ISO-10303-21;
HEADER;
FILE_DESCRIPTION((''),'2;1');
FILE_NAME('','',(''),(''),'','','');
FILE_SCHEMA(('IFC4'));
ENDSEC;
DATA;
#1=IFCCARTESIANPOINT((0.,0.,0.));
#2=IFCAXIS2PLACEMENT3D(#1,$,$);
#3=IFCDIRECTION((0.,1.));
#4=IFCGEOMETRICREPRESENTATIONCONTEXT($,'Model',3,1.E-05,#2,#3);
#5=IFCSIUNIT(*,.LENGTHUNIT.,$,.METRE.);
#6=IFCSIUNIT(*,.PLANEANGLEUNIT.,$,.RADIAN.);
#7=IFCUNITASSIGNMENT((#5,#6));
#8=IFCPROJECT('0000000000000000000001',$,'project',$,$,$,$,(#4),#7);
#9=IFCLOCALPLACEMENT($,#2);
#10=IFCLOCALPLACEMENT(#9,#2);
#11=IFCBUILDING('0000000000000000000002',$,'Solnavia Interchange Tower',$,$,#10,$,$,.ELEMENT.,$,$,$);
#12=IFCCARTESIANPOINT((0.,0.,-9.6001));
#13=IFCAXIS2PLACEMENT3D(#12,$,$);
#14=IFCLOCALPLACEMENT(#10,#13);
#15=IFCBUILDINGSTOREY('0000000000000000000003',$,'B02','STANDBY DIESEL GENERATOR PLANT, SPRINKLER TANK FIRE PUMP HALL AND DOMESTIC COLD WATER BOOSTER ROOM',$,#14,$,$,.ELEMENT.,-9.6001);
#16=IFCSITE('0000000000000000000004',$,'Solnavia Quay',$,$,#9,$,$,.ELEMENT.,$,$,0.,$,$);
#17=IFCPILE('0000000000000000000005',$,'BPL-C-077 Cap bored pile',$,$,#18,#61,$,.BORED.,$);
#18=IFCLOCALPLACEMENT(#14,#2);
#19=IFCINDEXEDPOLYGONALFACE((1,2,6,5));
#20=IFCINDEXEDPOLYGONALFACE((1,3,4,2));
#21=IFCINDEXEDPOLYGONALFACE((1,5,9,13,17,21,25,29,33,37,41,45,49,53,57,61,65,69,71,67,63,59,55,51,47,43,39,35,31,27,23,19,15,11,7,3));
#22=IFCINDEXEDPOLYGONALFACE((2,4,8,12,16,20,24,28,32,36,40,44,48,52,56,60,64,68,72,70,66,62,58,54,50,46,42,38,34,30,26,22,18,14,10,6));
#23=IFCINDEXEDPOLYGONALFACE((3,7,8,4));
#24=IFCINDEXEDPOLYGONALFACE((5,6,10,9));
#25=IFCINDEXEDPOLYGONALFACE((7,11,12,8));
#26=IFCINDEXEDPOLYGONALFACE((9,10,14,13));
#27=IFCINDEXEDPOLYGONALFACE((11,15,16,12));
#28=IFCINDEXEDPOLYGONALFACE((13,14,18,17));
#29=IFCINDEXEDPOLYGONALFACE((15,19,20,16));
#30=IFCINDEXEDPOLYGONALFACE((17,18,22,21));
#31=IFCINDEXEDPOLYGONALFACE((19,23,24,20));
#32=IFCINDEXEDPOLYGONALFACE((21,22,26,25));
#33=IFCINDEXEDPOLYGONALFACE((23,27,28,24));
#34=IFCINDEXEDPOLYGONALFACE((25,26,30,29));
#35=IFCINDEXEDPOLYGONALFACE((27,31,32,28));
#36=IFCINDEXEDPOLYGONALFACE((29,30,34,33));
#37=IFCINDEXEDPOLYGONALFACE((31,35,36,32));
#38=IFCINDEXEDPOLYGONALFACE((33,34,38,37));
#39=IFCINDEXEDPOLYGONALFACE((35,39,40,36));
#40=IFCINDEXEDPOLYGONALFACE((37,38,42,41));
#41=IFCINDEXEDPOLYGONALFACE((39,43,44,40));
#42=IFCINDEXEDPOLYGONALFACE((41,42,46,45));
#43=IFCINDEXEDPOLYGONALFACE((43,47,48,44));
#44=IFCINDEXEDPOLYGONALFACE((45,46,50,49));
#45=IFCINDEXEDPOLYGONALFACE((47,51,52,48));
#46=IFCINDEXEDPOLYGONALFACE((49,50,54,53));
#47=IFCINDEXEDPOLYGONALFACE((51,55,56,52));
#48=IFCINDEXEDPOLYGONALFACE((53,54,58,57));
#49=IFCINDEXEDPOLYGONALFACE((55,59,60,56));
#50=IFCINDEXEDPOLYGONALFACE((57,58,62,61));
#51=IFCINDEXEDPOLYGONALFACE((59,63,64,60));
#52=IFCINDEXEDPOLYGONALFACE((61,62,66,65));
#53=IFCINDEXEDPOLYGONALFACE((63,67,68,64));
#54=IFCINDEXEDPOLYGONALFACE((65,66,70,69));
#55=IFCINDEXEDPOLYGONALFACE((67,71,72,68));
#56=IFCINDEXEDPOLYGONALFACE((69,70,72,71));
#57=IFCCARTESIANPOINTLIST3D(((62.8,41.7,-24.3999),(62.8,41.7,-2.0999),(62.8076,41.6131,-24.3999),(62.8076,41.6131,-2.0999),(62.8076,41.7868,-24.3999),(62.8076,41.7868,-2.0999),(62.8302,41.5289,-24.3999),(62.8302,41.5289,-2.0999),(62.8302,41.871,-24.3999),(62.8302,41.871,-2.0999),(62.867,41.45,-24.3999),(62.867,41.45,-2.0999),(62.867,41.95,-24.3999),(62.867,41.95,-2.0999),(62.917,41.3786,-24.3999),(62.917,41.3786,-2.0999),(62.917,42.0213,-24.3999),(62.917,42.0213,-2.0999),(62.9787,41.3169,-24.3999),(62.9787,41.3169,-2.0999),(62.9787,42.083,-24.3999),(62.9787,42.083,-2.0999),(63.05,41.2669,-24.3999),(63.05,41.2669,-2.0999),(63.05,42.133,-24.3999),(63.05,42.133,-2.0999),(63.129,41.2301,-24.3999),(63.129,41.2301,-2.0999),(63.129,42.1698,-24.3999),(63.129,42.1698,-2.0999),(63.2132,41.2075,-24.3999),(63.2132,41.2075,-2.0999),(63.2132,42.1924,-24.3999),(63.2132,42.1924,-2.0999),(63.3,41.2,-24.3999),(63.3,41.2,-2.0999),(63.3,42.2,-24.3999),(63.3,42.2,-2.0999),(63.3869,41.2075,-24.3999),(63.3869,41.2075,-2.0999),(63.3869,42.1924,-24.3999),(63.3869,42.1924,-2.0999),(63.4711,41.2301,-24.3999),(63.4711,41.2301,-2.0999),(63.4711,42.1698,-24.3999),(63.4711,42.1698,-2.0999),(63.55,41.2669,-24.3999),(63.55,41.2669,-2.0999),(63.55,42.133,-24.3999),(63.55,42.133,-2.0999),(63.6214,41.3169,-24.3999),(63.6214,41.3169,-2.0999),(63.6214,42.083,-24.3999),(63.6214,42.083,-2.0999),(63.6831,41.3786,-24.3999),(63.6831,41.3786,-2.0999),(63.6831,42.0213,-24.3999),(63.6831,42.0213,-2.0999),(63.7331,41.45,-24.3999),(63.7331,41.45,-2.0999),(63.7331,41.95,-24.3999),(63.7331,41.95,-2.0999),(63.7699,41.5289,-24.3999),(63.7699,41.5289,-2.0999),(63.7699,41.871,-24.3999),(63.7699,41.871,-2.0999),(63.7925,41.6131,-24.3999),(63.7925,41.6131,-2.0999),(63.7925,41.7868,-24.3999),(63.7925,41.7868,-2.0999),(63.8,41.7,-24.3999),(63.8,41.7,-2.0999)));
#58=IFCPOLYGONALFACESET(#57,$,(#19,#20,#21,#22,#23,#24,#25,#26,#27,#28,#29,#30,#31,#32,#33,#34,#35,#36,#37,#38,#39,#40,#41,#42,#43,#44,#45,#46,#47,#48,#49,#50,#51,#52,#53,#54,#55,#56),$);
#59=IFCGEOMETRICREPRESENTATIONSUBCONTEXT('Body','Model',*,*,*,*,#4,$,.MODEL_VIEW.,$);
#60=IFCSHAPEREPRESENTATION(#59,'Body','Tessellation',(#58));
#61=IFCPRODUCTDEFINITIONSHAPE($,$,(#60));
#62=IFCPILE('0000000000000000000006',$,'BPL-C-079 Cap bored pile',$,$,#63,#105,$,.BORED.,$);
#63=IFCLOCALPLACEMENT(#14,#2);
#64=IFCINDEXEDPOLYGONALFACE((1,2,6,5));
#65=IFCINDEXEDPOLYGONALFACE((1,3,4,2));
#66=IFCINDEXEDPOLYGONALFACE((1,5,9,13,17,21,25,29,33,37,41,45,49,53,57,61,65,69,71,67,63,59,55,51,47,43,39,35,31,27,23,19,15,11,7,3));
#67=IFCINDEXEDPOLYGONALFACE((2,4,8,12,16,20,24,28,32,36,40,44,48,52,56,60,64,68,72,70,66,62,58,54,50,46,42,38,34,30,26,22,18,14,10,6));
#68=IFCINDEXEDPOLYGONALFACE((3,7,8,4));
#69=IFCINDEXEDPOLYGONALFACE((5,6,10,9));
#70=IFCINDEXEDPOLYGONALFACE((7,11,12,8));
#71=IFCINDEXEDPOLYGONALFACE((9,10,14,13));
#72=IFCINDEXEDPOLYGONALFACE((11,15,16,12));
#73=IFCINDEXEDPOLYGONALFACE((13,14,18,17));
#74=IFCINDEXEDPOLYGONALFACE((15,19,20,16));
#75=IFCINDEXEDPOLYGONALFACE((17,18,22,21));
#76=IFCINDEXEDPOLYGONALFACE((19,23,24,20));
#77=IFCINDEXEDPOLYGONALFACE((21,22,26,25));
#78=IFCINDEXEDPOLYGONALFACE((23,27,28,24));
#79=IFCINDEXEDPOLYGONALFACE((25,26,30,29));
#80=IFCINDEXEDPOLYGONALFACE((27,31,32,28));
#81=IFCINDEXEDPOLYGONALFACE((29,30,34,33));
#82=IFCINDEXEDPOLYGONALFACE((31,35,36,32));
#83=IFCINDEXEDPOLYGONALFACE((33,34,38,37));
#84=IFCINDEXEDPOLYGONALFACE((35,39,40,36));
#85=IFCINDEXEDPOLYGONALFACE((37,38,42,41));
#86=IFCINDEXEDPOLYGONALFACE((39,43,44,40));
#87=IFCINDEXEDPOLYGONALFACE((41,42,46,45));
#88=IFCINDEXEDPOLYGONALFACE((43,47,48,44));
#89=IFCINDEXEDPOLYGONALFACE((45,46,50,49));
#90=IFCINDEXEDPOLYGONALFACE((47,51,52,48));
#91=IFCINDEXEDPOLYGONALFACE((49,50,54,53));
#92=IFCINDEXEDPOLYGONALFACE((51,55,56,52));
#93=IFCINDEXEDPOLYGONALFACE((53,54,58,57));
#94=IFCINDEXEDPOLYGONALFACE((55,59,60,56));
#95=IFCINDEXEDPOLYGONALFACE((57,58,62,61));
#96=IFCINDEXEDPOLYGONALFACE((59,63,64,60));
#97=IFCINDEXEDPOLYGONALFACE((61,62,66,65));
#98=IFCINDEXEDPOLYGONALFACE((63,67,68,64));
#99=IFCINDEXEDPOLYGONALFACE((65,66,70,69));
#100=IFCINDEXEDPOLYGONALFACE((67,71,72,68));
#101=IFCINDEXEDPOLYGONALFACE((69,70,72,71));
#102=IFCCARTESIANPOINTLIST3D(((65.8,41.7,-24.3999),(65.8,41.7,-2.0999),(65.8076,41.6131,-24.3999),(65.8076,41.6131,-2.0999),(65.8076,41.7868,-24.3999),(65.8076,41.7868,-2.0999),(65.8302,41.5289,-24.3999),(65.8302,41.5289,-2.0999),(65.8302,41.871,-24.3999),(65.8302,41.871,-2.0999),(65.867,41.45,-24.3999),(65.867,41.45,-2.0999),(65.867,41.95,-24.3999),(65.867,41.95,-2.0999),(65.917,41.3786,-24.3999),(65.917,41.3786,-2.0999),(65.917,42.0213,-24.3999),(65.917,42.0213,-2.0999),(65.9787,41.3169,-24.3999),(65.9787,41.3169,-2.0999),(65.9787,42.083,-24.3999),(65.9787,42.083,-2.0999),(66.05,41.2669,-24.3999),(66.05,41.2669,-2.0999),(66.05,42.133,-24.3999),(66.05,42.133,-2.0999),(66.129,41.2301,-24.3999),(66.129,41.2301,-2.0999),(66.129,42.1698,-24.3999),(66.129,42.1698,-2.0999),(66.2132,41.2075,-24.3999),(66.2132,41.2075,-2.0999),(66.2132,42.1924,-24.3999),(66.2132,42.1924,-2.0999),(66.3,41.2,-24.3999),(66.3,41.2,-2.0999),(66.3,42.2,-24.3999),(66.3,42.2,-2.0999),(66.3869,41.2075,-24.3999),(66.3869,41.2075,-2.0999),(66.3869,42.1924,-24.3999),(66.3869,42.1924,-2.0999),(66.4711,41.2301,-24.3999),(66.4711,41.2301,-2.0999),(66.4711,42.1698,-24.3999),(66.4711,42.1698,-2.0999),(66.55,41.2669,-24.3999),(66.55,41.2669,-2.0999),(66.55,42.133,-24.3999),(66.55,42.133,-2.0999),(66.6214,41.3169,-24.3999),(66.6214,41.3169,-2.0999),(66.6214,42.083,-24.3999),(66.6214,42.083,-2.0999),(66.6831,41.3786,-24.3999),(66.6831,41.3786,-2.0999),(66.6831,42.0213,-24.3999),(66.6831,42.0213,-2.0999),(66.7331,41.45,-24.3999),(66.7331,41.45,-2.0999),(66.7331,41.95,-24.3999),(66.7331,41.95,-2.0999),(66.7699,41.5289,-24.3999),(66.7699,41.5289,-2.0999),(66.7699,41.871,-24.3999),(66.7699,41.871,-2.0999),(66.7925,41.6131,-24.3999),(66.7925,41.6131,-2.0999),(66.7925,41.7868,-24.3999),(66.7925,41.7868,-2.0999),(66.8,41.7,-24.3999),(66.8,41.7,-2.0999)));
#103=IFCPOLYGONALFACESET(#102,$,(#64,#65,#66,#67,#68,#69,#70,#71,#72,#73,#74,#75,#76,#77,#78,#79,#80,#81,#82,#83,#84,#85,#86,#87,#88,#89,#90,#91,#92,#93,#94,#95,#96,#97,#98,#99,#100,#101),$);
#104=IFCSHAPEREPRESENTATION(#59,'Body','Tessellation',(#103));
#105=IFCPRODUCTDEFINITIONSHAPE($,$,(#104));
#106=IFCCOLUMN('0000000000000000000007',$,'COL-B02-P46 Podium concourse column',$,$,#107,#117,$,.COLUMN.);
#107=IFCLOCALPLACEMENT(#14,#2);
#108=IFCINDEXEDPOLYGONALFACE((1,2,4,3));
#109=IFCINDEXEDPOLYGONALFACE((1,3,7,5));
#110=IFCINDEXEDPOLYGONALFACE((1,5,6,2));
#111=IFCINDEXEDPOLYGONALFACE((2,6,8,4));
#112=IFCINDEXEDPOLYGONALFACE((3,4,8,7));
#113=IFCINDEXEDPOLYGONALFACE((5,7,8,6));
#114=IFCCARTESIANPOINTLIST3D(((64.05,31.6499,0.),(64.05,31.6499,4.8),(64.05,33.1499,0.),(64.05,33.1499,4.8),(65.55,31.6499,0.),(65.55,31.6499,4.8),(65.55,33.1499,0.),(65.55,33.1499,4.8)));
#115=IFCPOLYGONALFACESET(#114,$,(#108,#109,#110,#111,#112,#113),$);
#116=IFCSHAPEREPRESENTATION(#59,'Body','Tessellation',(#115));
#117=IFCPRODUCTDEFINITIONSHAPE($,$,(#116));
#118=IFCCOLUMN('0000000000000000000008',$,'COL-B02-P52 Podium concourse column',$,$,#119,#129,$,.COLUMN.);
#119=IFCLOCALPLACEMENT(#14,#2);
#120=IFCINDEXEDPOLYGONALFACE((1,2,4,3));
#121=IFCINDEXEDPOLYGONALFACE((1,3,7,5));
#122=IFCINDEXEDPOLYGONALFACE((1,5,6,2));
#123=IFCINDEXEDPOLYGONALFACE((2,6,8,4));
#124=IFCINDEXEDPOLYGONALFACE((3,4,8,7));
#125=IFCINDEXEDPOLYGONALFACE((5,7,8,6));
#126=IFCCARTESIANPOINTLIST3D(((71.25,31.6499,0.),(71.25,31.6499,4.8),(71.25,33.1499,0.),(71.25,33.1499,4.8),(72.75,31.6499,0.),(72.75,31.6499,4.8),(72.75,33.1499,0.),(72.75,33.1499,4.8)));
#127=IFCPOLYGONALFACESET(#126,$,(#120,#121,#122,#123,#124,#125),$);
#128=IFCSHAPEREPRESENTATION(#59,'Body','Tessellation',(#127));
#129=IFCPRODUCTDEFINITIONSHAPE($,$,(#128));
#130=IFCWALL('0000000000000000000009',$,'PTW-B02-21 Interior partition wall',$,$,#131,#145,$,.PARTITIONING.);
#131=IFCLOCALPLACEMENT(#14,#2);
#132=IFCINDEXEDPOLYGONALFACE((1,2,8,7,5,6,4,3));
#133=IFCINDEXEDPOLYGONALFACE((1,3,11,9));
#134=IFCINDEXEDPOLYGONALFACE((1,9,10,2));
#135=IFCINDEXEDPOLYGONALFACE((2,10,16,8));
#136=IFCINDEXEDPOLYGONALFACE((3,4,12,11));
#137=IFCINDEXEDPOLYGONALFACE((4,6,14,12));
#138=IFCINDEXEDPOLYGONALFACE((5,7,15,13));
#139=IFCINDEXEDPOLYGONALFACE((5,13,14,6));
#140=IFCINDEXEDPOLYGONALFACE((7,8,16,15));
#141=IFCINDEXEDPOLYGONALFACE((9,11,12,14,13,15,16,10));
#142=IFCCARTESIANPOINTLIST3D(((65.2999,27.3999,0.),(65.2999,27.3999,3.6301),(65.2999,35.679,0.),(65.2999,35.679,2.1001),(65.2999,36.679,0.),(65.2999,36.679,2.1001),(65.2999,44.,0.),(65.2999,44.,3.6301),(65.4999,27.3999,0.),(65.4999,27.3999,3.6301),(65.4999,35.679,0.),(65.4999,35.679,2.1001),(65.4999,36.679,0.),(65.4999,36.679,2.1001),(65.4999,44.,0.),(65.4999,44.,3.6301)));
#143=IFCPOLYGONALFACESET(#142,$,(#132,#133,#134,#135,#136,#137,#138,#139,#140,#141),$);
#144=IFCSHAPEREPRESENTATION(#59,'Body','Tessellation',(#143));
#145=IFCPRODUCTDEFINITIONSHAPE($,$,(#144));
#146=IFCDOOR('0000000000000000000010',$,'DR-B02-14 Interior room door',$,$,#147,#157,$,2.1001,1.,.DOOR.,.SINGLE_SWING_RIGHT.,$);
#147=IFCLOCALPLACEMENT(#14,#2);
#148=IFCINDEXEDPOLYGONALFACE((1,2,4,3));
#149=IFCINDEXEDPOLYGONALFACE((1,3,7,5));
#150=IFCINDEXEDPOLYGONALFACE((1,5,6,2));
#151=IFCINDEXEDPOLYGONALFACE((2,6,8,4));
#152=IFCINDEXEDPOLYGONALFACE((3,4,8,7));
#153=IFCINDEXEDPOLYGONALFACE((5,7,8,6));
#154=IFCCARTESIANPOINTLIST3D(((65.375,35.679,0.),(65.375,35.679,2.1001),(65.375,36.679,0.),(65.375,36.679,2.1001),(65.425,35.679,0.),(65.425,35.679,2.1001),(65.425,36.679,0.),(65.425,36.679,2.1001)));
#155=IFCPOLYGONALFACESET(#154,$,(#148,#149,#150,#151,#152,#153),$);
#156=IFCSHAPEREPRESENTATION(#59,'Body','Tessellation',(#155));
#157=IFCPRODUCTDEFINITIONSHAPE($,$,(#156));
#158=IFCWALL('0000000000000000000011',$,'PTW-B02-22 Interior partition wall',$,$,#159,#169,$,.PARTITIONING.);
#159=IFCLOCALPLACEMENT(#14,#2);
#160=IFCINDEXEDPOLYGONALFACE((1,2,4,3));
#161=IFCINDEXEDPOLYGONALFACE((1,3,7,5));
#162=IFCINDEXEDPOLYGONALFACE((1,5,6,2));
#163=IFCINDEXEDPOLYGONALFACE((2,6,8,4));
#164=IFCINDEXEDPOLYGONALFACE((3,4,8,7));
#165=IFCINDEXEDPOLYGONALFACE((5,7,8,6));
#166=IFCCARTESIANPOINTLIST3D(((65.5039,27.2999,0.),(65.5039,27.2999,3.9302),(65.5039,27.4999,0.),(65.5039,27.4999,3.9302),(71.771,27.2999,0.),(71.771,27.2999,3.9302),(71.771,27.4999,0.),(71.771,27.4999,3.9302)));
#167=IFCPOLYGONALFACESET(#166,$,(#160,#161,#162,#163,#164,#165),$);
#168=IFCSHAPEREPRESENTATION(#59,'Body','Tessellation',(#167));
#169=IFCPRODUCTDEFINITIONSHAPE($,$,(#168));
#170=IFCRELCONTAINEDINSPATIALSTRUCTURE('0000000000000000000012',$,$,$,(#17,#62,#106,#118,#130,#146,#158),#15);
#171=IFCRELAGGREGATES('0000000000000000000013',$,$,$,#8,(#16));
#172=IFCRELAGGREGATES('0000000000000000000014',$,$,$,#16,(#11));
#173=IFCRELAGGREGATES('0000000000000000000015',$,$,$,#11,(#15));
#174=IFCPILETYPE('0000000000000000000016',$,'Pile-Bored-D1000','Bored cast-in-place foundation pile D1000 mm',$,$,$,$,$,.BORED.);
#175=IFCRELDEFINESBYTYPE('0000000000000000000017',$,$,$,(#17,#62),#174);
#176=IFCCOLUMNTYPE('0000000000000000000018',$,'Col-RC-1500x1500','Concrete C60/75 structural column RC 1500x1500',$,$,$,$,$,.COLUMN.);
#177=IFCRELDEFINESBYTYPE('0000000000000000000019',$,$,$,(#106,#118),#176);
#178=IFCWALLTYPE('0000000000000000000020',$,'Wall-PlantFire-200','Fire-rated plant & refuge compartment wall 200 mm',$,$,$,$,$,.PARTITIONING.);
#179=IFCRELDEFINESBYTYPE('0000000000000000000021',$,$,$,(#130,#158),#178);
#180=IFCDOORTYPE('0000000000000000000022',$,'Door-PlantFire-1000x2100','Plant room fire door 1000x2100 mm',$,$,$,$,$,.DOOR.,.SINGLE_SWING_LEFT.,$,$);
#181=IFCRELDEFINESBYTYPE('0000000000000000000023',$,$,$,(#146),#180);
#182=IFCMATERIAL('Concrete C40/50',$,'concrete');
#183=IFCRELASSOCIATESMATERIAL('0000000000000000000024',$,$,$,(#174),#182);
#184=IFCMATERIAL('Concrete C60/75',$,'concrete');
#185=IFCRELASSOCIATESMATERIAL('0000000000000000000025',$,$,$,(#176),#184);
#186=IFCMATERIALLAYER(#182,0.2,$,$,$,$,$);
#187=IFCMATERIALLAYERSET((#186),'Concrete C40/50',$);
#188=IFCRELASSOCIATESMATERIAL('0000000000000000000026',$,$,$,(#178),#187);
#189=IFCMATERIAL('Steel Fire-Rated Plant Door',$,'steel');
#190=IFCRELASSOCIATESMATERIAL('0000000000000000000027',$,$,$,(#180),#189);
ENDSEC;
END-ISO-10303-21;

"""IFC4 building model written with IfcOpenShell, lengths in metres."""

from ifc_helpers import new_model, si_unit, direction, frame, frame_2d, origin, origin_2d, place, context, subcontext, project, spatial, rectangle, circle, extrude, material, layer, layer_set, material_profile, profile_set, type_object, element, fill, save


model = new_model("IFC4")

# Units and contexts
model_context = context("Model", 3, precision=1e-05, world=origin(), true_north=direction((0.0, 1.0)))
body_context = subcontext(model_context, "Body", "Model", "MODEL_VIEW")
ifc_project = project(units=[si_unit("LENGTHUNIT", "METRE"), si_unit("PLANEANGLEUNIT", "RADIAN")], contexts=[model_context])

# Site, building, storey
site_placement = place(None, origin())
site = spatial("IfcSite", under=ifc_project, at=site_placement, Name="Solnavia Quay", CompositionType="ELEMENT", RefElevation=0.0)
building_placement = place(site_placement, origin())
building = spatial("IfcBuilding", under=site, at=building_placement, Name="Solnavia Interchange Tower", CompositionType="ELEMENT")
storey_placement = place(building_placement, frame((0.0, 0.0, -9.6001)))
storey = spatial("IfcBuildingStorey", under=building, at=storey_placement, Name="B02", Description="STANDBY DIESEL GENERATOR PLANT, SPRINKLER TANK FIRE PUMP HALL AND DOMESTIC COLD WATER BOOSTER ROOM", CompositionType="ELEMENT", Elevation=-9.6001)

# Shared definitions
ifc_material_1 = material(Name="Concrete C40/50", Category="concrete")

# Piles
ifc_material_profile_1 = material_profile(ifc_material_1, circle(Radius=0.5, at=origin_2d()), Name="PILE D1000")
ifc_profile_set_1 = profile_set([ifc_material_profile_1], Name="Concrete C40/50")
pile_type = type_object("IfcPileType", Name="Pile-Bored-D1000", Description="Bored cast-in-place foundation pile D1000 mm", PredefinedType="BORED", material=ifc_profile_set_1)
for number, where, z_axis, x_axis, name in (
    (1, (63.3, 41.7, -2.0999), (0.0, 0.0, -1.0), (1.0, 0.0, 0.0), "BPL-C-077 Cap bored pile"),
    (2, (66.3, 41.7, -2.0999), (0.0, 0.0, -1.0), (1.0, 0.0, 0.0), "BPL-C-079 Cap bored pile"),
):
    element("IfcPile", number, at=place(storey_placement, frame(where, z_axis=z_axis, x_axis=x_axis)), inside=storey, type_object=pile_type, Name=name, PredefinedType="BORED", context=body_context, shape_type="SweptSolid", body=[
        extrude(circle(Radius=0.5, at=origin_2d()), origin(), (0.0, 0.0, 1.0), 22.3),
    ])

# Columns
ifc_material_2 = material(Name="Concrete C60/75", Category="concrete")
ifc_material_profile_2 = material_profile(ifc_material_2, rectangle(XDim=1.5, YDim=1.5, at=origin_2d()), Name="RC 1500x1500")
ifc_profile_set_2 = profile_set([ifc_material_profile_2], Name="Concrete C60/75")
column_type = type_object("IfcColumnType", Name="Col-RC-1500x1500", Description="Concrete C60/75 structural column RC 1500x1500", PredefinedType="COLUMN", material=ifc_profile_set_2)
for number, where, z_axis, x_axis, name in (
    (3, (64.8, 32.3999, 0.0), (0.0, 0.0, 1.0), (1.0, 0.0, 0.0), "COL-B02-P46 Podium concourse column"),
    (4, (72.0, 32.3999, 0.0), (0.0, 0.0, 1.0), (1.0, 0.0, 0.0), "COL-B02-P52 Podium concourse column"),
):
    element("IfcColumn", number, at=place(storey_placement, frame(where, z_axis=z_axis, x_axis=x_axis)), inside=storey, type_object=column_type, Name=name, PredefinedType="COLUMN", context=body_context, shape_type="SweptSolid", body=[
        extrude(rectangle(XDim=1.5, YDim=1.5, at=origin_2d()), origin(), (0.0, 0.0, 1.0), 4.8),
    ])

# Wall, opening, door
ifc_layer = layer(ifc_material_1, 0.2)
ifc_layer_set = layer_set([ifc_layer], Name="Concrete C40/50")
wall_type = type_object("IfcWallType", Name="Wall-PlantFire-200", Description="Fire-rated plant & refuge compartment wall 200 mm", PredefinedType="PARTITIONING", material=ifc_layer_set)
wall_1_placement = place(storey_placement, frame((65.3999, 27.3999, 0.0), z_axis=(0.0, 0.0, 1.0), x_axis=(0.0, 1.0, 0.0)))
wall_1 = element("IfcWall", 5, at=wall_1_placement, inside=storey, type_object=wall_type, Name="PTW-B02-21 Interior partition wall", PredefinedType="PARTITIONING", context=body_context, shape_type="SweptSolid", body=[
    extrude(rectangle(XDim=16.6001, YDim=0.2, at=frame_2d((8.3, 0.0))), origin(), (0.0, 0.0, 1.0), 3.6301),
])
opening_placement = place(wall_1_placement, frame((8.2791, 0.0, 0.0)))
opening = element("IfcOpeningElement", 6, at=opening_placement, cuts=wall_1, PredefinedType="OPENING", context=body_context, shape_type="SweptSolid", body=[
    extrude(rectangle(XDim=1.0, YDim=2.1001, at=frame_2d((0.5, 1.05))), frame((0.0, 0.1099, 0.0), z_axis=(0.0, -1.0, 0.0), x_axis=(1.0, 0.0, 0.0)), (0.0, 0.0, 1.0), 0.22),
])
ifc_material_3 = material(Name="Steel Fire-Rated Plant Door", Category="steel")
door_type = type_object("IfcDoorType", Name="Door-PlantFire-1000x2100", Description="Plant room fire door 1000x2100 mm", OperationType="SINGLE_SWING_LEFT", PredefinedType="DOOR", material=ifc_material_3)
door_placement = place(opening_placement, origin())
door = element("IfcDoor", 7, at=door_placement, inside=storey, type_object=door_type, Name="DR-B02-14 Interior room door", OperationType="SINGLE_SWING_RIGHT", OverallHeight=2.1001, OverallWidth=1.0, PredefinedType="DOOR", context=body_context, shape_type="SweptSolid", body=[
    extrude(rectangle(XDim=1.0, YDim=2.1001, at=frame_2d((0.5, 1.05))), frame((0.0, 0.0249, 0.0), z_axis=(0.0, -1.0, 0.0), x_axis=(1.0, 0.0, 0.0)), (0.0, 0.0, 1.0), 0.05),
])
fill(opening, door)

# Wall
wall_2_placement = place(storey_placement, frame((65.5039, 27.3999, 0.0), z_axis=(0.0, 0.0, 1.0), x_axis=(1.0, 0.0, 0.0)))
element("IfcWall", 8, at=wall_2_placement, inside=storey, type_object=wall_type, Name="PTW-B02-22 Interior partition wall", PredefinedType="PARTITIONING", context=body_context, shape_type="SweptSolid", body=[
    extrude(rectangle(XDim=6.2671, YDim=0.2, at=frame_2d((3.1335, 0.0))), origin(), (0.0, 0.0, 1.0), 3.9302),
])

save(model, "model.ifc")
